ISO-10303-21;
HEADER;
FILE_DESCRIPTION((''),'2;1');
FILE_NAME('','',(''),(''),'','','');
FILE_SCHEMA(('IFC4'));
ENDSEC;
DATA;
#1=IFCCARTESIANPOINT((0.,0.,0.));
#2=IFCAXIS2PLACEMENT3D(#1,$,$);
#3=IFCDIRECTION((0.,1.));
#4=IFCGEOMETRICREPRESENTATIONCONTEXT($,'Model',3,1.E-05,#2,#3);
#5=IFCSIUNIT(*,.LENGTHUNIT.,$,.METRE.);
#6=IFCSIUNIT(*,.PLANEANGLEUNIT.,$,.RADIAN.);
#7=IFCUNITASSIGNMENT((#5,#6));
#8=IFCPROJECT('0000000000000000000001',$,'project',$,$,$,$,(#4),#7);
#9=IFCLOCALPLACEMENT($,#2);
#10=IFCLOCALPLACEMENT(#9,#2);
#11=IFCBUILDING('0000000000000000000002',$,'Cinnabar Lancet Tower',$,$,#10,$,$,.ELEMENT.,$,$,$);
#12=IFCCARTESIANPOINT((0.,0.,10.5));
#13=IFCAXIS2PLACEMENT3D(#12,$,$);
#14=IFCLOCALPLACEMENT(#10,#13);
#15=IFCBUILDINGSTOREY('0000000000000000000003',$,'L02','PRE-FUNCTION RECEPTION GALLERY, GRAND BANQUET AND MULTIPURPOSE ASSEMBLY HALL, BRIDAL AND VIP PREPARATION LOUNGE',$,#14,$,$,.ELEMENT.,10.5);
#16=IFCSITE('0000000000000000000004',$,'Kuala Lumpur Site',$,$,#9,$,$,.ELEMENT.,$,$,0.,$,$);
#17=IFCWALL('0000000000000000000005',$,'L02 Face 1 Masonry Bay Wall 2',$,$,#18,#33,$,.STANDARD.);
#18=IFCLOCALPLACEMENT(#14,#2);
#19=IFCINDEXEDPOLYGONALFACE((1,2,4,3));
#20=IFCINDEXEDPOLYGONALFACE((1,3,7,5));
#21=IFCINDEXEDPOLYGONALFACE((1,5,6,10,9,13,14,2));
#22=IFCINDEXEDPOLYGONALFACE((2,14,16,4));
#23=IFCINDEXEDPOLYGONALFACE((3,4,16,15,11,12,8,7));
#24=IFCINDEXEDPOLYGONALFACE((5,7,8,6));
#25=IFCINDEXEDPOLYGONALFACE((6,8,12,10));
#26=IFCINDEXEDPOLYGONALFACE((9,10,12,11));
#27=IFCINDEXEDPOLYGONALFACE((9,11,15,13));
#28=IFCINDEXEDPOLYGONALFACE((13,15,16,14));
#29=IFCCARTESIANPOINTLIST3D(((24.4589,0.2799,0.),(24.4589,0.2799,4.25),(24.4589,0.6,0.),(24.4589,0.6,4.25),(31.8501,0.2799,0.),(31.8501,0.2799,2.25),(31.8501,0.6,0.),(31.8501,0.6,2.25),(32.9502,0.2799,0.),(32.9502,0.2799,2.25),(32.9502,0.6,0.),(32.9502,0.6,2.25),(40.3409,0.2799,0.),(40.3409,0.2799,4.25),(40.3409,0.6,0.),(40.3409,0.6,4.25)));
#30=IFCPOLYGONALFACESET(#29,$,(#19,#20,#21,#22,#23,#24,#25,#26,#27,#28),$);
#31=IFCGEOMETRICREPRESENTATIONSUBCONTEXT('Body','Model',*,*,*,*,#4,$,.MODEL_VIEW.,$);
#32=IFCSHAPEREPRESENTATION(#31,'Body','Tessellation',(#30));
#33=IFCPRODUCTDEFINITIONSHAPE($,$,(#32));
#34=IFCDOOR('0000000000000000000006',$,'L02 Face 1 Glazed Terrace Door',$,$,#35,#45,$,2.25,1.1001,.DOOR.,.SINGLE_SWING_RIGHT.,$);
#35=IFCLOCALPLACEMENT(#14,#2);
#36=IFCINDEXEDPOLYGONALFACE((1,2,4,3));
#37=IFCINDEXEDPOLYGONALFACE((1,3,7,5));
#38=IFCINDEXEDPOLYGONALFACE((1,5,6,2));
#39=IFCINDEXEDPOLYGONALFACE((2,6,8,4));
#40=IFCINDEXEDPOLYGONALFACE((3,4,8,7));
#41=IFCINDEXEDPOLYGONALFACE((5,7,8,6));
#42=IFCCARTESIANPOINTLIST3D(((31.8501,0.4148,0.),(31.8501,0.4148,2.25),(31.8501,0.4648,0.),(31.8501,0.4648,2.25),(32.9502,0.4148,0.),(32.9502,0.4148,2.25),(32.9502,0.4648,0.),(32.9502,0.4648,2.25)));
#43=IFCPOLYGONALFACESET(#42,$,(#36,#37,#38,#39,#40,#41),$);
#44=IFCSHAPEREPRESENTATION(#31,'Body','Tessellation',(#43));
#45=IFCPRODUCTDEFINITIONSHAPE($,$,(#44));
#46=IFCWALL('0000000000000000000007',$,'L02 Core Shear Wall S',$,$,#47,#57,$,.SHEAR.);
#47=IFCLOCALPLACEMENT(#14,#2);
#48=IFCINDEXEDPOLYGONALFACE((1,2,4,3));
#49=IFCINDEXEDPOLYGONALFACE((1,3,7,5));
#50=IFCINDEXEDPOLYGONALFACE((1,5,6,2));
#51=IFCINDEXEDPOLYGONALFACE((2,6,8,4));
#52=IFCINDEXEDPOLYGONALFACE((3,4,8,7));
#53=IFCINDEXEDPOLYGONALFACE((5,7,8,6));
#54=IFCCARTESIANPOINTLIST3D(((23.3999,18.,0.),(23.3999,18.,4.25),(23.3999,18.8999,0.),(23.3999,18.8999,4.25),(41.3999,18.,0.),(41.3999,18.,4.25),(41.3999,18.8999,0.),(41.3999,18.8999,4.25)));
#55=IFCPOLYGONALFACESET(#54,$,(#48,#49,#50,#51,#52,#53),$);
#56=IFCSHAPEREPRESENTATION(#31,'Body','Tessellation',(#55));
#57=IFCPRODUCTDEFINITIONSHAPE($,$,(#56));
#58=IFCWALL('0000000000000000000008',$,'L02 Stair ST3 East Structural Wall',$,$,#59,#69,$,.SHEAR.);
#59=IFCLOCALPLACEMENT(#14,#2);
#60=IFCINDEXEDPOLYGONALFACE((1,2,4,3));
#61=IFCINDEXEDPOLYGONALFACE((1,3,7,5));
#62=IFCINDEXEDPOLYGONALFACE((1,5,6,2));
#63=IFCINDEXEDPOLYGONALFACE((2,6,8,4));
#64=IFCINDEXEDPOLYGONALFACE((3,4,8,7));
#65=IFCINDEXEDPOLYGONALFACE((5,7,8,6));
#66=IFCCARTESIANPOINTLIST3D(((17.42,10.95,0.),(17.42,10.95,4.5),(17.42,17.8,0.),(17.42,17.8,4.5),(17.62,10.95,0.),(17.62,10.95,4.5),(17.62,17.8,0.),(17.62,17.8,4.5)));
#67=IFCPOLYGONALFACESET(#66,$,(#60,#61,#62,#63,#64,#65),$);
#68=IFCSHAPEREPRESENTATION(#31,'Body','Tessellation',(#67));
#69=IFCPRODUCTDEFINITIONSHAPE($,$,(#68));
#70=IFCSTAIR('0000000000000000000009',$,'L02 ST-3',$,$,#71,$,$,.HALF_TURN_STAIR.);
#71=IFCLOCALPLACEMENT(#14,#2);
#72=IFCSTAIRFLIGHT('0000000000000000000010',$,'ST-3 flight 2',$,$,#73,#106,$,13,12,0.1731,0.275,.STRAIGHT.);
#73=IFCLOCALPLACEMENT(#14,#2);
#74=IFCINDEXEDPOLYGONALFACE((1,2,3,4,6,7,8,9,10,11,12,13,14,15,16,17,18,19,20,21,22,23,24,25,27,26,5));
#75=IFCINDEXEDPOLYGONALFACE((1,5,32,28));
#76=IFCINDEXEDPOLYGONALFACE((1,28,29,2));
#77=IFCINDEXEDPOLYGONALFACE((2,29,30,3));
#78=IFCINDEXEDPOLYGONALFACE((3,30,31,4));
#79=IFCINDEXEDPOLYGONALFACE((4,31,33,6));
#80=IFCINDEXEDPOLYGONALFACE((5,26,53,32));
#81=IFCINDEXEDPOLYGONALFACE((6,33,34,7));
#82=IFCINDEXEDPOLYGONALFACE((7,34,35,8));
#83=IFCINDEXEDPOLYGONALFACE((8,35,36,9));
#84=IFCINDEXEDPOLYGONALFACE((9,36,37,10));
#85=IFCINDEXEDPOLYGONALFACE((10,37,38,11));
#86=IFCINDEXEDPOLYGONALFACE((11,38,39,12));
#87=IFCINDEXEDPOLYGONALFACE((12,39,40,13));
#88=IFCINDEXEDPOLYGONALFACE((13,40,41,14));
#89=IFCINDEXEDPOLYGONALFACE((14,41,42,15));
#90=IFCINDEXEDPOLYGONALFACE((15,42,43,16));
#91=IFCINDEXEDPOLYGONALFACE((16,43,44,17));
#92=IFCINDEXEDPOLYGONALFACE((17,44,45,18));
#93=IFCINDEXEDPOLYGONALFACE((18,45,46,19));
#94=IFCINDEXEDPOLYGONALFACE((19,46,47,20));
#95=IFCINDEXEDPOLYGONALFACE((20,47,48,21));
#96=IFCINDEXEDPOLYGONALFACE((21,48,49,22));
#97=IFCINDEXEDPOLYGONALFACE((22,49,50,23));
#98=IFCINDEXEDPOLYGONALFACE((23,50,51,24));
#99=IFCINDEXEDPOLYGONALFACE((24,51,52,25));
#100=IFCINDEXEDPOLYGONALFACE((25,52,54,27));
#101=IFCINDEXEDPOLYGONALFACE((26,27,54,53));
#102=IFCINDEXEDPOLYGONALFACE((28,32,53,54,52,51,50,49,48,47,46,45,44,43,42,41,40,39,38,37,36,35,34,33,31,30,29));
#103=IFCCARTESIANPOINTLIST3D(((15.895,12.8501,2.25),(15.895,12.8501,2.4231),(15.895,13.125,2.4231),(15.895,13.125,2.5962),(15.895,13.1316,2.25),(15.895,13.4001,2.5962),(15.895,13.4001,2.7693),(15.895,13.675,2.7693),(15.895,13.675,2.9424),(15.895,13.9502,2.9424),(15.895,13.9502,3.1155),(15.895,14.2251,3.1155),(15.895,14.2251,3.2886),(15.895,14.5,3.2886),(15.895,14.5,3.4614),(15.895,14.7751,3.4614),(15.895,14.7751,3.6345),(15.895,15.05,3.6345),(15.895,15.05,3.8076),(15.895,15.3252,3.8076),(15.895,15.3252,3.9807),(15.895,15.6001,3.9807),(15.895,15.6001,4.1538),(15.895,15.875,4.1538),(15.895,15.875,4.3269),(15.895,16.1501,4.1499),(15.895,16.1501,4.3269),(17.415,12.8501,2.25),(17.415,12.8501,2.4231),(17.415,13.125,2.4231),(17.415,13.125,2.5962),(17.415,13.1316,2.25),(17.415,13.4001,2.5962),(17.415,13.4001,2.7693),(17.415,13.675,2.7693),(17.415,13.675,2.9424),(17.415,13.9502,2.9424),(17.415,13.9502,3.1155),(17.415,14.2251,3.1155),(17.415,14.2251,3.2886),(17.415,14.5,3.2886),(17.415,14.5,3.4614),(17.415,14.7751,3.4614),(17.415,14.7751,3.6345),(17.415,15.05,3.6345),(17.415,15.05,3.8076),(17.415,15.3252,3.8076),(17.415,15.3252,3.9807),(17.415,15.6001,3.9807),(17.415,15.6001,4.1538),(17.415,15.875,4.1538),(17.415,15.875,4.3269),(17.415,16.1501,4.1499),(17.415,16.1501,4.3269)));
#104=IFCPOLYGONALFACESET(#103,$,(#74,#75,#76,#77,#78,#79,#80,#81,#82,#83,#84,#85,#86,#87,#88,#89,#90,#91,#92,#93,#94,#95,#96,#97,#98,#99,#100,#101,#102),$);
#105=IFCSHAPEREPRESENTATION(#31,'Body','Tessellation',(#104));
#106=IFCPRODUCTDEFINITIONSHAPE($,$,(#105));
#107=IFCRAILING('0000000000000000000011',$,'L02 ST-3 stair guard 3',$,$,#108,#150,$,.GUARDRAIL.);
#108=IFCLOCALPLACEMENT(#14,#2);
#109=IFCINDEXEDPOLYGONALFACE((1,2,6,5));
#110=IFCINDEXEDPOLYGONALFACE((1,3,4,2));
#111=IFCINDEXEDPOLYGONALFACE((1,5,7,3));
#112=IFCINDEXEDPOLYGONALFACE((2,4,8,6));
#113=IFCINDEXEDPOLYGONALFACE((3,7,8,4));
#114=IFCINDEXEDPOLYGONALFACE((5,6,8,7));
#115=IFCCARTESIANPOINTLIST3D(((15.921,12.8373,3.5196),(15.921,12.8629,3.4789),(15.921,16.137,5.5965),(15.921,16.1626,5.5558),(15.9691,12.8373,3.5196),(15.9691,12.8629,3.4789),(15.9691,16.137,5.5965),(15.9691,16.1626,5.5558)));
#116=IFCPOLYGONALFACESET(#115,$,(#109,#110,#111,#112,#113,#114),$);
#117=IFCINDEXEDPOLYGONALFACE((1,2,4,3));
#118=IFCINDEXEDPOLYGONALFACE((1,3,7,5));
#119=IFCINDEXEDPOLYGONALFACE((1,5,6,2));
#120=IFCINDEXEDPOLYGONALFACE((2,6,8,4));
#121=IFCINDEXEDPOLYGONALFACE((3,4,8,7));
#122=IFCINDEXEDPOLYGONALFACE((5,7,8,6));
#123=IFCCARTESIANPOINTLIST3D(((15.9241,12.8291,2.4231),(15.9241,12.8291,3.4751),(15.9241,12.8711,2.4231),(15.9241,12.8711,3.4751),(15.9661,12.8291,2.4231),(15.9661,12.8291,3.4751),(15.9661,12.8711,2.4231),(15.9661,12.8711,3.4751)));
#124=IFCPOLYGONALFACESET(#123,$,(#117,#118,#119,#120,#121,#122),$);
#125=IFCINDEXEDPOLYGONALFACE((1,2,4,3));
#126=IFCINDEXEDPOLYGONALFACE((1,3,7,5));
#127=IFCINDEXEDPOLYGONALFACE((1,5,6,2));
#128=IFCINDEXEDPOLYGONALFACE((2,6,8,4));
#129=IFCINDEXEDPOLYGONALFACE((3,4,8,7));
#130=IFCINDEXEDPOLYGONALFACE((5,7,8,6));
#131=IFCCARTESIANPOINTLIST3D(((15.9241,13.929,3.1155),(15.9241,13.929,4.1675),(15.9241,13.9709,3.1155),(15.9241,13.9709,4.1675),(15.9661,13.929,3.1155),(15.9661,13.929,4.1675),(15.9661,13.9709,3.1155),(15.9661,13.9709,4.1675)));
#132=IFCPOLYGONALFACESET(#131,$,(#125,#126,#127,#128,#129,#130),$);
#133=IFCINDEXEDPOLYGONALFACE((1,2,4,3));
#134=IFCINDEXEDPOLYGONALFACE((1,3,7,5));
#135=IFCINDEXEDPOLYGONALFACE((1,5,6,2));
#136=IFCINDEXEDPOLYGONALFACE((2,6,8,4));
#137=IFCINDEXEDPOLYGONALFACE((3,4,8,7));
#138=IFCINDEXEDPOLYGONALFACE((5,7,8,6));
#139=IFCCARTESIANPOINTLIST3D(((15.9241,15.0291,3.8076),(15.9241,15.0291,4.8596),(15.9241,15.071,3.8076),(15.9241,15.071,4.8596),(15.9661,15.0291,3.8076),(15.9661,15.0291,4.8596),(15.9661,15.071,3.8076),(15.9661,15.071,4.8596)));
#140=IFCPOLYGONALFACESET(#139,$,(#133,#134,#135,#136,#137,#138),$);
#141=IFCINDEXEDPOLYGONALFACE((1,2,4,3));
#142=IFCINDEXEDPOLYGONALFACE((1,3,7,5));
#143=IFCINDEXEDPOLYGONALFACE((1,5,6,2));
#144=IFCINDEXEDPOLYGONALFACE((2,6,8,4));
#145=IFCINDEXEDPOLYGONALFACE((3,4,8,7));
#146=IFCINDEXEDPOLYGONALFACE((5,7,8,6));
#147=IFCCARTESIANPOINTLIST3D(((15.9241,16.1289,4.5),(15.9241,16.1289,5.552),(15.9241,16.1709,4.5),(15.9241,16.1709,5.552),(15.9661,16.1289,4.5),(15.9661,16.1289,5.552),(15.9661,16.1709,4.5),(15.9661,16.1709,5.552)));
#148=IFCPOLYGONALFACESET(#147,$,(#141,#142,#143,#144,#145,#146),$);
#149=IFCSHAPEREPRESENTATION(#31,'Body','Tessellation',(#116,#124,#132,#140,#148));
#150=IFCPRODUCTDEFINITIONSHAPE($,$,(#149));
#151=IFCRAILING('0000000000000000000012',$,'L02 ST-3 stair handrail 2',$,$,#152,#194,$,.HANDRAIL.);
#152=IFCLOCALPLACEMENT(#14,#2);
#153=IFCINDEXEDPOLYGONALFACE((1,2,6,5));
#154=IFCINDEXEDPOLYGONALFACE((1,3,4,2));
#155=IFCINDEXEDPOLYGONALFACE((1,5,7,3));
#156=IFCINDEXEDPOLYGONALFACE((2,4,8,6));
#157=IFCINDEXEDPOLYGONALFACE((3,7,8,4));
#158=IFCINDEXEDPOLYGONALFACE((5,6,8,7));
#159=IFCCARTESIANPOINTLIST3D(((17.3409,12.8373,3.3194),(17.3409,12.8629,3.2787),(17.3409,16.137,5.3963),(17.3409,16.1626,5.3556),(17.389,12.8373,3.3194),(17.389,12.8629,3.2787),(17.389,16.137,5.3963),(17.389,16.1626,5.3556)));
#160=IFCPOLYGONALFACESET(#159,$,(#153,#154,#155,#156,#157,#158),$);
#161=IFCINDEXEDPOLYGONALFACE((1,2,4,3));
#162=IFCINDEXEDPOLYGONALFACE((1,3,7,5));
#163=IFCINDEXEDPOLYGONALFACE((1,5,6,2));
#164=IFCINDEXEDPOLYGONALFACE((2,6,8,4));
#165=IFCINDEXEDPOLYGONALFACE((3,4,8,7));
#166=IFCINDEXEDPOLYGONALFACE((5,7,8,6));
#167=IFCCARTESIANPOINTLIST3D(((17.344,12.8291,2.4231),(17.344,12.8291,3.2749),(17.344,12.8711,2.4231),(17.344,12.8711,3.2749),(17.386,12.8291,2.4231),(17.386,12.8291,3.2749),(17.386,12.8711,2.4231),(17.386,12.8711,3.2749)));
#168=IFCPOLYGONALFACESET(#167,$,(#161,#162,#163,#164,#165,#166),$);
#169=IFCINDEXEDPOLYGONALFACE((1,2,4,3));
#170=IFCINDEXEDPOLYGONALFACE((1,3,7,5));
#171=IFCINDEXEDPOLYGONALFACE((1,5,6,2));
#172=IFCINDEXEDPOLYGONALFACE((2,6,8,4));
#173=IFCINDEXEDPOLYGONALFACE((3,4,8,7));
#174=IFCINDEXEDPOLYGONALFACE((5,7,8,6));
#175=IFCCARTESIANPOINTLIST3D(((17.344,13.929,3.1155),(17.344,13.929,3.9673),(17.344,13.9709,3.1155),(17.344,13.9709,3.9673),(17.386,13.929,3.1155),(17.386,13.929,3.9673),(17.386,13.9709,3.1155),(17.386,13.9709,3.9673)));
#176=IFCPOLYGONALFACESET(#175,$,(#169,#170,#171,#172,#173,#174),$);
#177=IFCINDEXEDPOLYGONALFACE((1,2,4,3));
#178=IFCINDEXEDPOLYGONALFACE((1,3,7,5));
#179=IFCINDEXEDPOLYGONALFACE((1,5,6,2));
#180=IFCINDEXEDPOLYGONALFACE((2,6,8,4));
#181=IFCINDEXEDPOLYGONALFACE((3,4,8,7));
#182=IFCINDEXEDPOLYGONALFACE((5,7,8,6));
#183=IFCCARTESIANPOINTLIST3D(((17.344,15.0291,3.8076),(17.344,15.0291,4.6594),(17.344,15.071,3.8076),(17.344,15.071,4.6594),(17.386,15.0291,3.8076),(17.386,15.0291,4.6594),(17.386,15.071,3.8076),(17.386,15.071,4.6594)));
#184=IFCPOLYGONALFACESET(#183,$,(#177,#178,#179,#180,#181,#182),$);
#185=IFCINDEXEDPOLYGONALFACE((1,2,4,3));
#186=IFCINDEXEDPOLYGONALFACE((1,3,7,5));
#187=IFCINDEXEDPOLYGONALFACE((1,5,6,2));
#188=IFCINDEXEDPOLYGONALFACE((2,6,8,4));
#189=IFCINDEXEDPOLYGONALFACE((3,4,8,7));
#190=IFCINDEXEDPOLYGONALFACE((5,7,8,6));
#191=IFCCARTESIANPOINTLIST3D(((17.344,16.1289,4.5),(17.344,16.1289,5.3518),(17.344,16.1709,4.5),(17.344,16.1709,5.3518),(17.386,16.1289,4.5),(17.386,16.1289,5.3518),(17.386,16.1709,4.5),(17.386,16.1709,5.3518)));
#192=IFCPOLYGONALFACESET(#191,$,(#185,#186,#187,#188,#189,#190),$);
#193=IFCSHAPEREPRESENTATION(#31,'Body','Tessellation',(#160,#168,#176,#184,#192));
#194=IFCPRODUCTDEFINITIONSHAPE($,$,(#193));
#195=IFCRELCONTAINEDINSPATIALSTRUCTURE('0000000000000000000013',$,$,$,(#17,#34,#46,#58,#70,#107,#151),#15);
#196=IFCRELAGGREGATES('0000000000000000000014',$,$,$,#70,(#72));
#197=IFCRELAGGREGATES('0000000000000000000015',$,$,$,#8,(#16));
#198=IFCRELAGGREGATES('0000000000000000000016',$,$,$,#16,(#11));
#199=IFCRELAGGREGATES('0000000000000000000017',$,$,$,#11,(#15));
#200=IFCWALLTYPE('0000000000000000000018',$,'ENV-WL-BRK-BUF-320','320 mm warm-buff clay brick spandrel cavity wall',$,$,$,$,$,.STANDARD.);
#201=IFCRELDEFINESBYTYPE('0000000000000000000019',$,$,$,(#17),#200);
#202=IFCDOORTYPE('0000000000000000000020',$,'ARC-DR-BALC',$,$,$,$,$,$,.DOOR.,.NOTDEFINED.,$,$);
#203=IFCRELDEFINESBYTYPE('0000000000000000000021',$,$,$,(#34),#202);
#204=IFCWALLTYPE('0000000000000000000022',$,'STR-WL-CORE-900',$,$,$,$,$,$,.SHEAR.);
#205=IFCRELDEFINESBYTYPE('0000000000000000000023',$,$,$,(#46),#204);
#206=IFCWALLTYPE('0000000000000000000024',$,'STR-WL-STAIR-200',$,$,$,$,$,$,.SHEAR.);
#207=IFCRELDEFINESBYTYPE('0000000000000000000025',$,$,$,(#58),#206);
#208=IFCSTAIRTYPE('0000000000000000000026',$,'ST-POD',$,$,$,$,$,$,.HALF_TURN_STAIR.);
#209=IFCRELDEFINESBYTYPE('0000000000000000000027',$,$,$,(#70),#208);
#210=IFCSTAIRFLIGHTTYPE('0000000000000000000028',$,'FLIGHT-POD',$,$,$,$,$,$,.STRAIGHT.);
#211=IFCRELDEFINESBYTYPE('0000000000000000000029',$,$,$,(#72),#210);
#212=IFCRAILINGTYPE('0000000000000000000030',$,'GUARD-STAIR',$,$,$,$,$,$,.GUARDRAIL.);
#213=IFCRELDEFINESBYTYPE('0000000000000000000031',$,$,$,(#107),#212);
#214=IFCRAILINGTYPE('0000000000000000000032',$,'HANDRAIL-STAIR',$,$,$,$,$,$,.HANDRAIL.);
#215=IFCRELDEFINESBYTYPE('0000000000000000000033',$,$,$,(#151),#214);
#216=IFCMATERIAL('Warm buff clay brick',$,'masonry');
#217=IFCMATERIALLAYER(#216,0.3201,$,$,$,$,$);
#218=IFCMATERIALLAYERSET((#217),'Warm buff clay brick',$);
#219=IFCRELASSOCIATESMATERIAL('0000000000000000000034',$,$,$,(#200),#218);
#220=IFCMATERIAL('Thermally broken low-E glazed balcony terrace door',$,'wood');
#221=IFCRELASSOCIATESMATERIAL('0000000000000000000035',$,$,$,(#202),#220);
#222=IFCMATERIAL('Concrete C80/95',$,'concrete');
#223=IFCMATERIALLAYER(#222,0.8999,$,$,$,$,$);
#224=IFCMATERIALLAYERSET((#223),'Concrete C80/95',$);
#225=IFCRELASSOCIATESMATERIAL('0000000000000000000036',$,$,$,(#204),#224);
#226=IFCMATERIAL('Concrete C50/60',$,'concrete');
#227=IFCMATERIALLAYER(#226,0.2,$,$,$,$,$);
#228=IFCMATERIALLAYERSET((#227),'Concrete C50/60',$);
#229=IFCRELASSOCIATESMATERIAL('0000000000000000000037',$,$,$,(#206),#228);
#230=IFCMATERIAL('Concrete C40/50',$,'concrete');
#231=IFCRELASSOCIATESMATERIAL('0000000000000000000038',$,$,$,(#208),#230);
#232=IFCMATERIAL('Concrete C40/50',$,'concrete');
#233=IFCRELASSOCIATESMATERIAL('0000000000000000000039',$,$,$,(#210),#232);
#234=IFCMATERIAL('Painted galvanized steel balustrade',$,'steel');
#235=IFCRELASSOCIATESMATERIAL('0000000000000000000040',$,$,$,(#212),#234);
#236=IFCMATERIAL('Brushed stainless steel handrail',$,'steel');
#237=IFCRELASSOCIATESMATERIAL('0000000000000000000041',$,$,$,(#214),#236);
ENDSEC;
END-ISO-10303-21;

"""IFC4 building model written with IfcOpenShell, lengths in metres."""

from ifc_helpers import new_model, si_unit, direction, frame, frame_2d, origin, origin_2d, place, context, subcontext, project, spatial, polyline, rectangle, outline, extrude, material, layer, layer_set, type_object, element, fill, aggregate, save


model = new_model("IFC4")

# Units and contexts
model_context = context("Model", 3, precision=1e-05, world=origin(), true_north=direction((0.0, 1.0)))
body_context = subcontext(model_context, "Body", "Model", "MODEL_VIEW")
ifc_project = project(units=[si_unit("LENGTHUNIT", "METRE"), si_unit("PLANEANGLEUNIT", "RADIAN")], contexts=[model_context])

# Site, building, storey
site_placement = place(None, origin())
site = spatial("IfcSite", under=ifc_project, at=site_placement, Name="Kuala Lumpur Site", CompositionType="ELEMENT", RefElevation=0.0)
building_placement = place(site_placement, origin())
building = spatial("IfcBuilding", under=site, at=building_placement, Name="Cinnabar Lancet Tower", CompositionType="ELEMENT")
storey_placement = place(building_placement, frame((0.0, 0.0, 10.5)))
storey = spatial("IfcBuildingStorey", under=building, at=storey_placement, Name="L02", Description="PRE-FUNCTION RECEPTION GALLERY, GRAND BANQUET AND MULTIPURPOSE ASSEMBLY HALL, BRIDAL AND VIP PREPARATION LOUNGE", CompositionType="ELEMENT", Elevation=10.5)

# Shared definitions
ifc_material_1 = material(Name="Warm buff clay brick", Category="masonry")
ifc_layer_1 = layer(ifc_material_1, 0.3201)
ifc_layer_set_1 = layer_set([ifc_layer_1], Name="Warm buff clay brick")
wall_type_1 = type_object("IfcWallType", Name="ENV-WL-BRK-BUF-320", Description="320 mm warm-buff clay brick spandrel cavity wall", PredefinedType="STANDARD", material=ifc_layer_set_1)

# Wall, opening, door
wall_1_placement = place(storey_placement, frame((24.459, 0.4399, 0.0), z_axis=(0.0, 0.0, 1.0), x_axis=(1.0, 0.0, 0.0)))
wall_1 = element("IfcWall", 1, at=wall_1_placement, inside=storey, type_object=wall_type_1, Name="L02 Face 1 Masonry Bay Wall 2", PredefinedType="STANDARD", context=body_context, shape_type="SweptSolid", body=[
    extrude(rectangle(XDim=15.8821, YDim=0.3201, at=frame_2d((7.9409, 0.0))), origin(), (0.0, 0.0, 1.0), 4.25),
])
opening_1_placement = place(wall_1_placement, frame((7.3911, 0.0, 0.0)))
opening_1 = element("IfcOpeningElement", 2, at=opening_1_placement, cuts=wall_1, PredefinedType="OPENING", context=body_context, shape_type="SweptSolid", body=[
    extrude(rectangle(XDim=1.1001, YDim=2.25, at=frame_2d((0.55, 1.125))), frame((0.0, 0.1699, 0.0), z_axis=(0.0, -1.0, 0.0), x_axis=(1.0, 0.0, 0.0)), (0.0, 0.0, 1.0), 0.3401),
])
ifc_material_2 = material(Name="Thermally broken low-E glazed balcony terrace door", Category="wood")
door_type_1 = type_object("IfcDoorType", Name="ARC-DR-BALC", OperationType="NOTDEFINED", PredefinedType="DOOR", material=ifc_material_2)
door_1_placement = place(opening_1_placement, origin())
door_1 = element("IfcDoor", 3, at=door_1_placement, inside=storey, type_object=door_type_1, Name="L02 Face 1 Glazed Terrace Door", OperationType="SINGLE_SWING_RIGHT", OverallHeight=2.25, OverallWidth=1.1001, PredefinedType="DOOR", context=body_context, shape_type="SweptSolid", body=[
    extrude(rectangle(XDim=1.1001, YDim=2.25, at=frame_2d((0.55, 1.125))), frame((0.0, 0.0249, 0.0), z_axis=(0.0, -1.0, 0.0), x_axis=(1.0, 0.0, 0.0)), (0.0, 0.0, 1.0), 0.05),
])
fill(opening_1, door_1)

# Walls
ifc_material_3 = material(Name="Concrete C80/95", Category="concrete")
ifc_layer_2 = layer(ifc_material_3, 0.8999)
ifc_layer_set_2 = layer_set([ifc_layer_2], Name="Concrete C80/95")
wall_type_2 = type_object("IfcWallType", Name="STR-WL-CORE-900", PredefinedType="SHEAR", material=ifc_layer_set_2)
wall_2_placement = place(storey_placement, frame((23.3999, 18.45, 0.0), z_axis=(0.0, 0.0, 1.0), x_axis=(1.0, 0.0, 0.0)))
element("IfcWall", 4, at=wall_2_placement, inside=storey, type_object=wall_type_2, Name="L02 Core Shear Wall S", PredefinedType="SHEAR", context=body_context, shape_type="SweptSolid", body=[
    extrude(rectangle(XDim=18.0, YDim=0.8999, at=frame_2d((9.0, 0.0))), origin(), (0.0, 0.0, 1.0), 4.25),
])
ifc_material_4 = material(Name="Concrete C50/60", Category="concrete")
ifc_layer_3 = layer(ifc_material_4, 0.2)
ifc_layer_set_3 = layer_set([ifc_layer_3], Name="Concrete C50/60")
wall_type_3 = type_object("IfcWallType", Name="STR-WL-STAIR-200", PredefinedType="SHEAR", material=ifc_layer_set_3)
wall_3_placement = place(storey_placement, frame((17.52, 10.95, 0.0), z_axis=(0.0, 0.0, 1.0), x_axis=(0.0, 1.0, 0.0)))
element("IfcWall", 5, at=wall_3_placement, inside=storey, type_object=wall_type_3, Name="L02 Stair ST3 East Structural Wall", PredefinedType="SHEAR", context=body_context, shape_type="SweptSolid", body=[
    extrude(rectangle(XDim=6.8501, YDim=0.2, at=frame_2d((3.425, 0.0))), origin(), (0.0, 0.0, 1.0), 4.5),
])

# Stair, stair flight
ifc_material_5 = material(Name="Concrete C40/50", Category="concrete")
stair_type = type_object("IfcStairType", Name="ST-POD", PredefinedType="HALF_TURN_STAIR", material=ifc_material_5)
stair_placement = place(storey_placement, origin())
stair = element("IfcStair", 6, at=stair_placement, inside=storey, type_object=stair_type, Name="L02 ST-3", PredefinedType="HALF_TURN_STAIR")
ifc_material_6 = material(Name="Concrete C40/50", Category="concrete")
stair_flight_type = type_object("IfcStairFlightType", Name="FLIGHT-POD", PredefinedType="STRAIGHT", material=ifc_material_6)
stair_flight_placement = place(storey_placement, frame((16.655, 12.8501, 2.25), z_axis=(0.0, 0.0, 1.0), x_axis=(0.0, 1.0, 0.0)))
stair_flight = element("IfcStairFlight", 7, at=stair_flight_placement, type_object=stair_flight_type, Name="ST-3 flight 2", NumberOfRisers=13, NumberOfTreads=12, PredefinedType="STRAIGHT", RiserHeight=0.1731, TreadLength=0.275, context=body_context, shape_type="SweptSolid", body=[
    extrude(outline(polyline([(0.0, 0.0), (0.0, 0.1731), (0.2749, 0.1731), (0.2749, 0.3462), (0.55, 0.3462), (0.55, 0.5193), (0.825, 0.5193), (0.825, 0.6924), (1.1001, 0.6924), (1.1001, 0.8655), (1.375, 0.8655), (1.375, 1.0386), (1.6499, 1.0386), (1.6499, 1.2114), (1.925, 1.2114), (1.925, 1.3845), (2.2, 1.3845), (2.2, 1.5576), (2.4751, 1.5576), (2.4751, 1.7307), (2.75, 1.7307), (2.75, 1.9038), (3.0249, 1.9038), (3.0249, 2.0769), (3.3, 2.0769), (3.3, 2.25), (3.3, 1.8999), (0.2815, 0.0), (0.0, 0.0)])), frame((0.0, 0.76, 0.0), z_axis=(0.0, -1.0, 0.0), x_axis=(1.0, 0.0, 0.0)), (0.0, 0.0, 1.0), 1.52),
])
aggregate(stair, [stair_flight])

# Railings
ifc_material_7 = material(Name="Painted galvanized steel balustrade", Category="steel")
railing_type_1 = type_object("IfcRailingType", Name="GUARD-STAIR", PredefinedType="GUARDRAIL", material=ifc_material_7)
railing_1_placement = place(storey_placement, frame((15.9451, 12.8501, 2.4231)))
element("IfcRailing", 8, at=railing_1_placement, inside=storey, type_object=railing_type_1, Name="L02 ST-3 stair guard 3", PredefinedType="GUARDRAIL", context=body_context, shape_type="SweptSolid", body=[
    extrude(rectangle(XDim=0.0481, YDim=0.0481, at=origin_2d()), frame((0.0, 0.0, 1.0762), z_axis=(0.0, 0.84632, 0.532675), x_axis=(-1.0, 0.0, 0.0)), (0.0, 0.0, 1.0), 3.8989),
    extrude(rectangle(XDim=0.042, YDim=0.042, at=origin_2d()), origin(), (0.0, 0.0, 1.0), 1.052),
    extrude(rectangle(XDim=0.042, YDim=0.042, at=origin_2d()), frame((0.0, 1.0999, 0.6924)), (0.0, 0.0, 1.0), 1.052),
    extrude(rectangle(XDim=0.042, YDim=0.042, at=origin_2d()), frame((0.0, 2.2, 1.3845)), (0.0, 0.0, 1.0), 1.052),
    extrude(rectangle(XDim=0.042, YDim=0.042, at=origin_2d()), frame((0.0, 3.2998, 2.0769)), (0.0, 0.0, 1.0), 1.052),
])
ifc_material_8 = material(Name="Brushed stainless steel handrail", Category="steel")
railing_type_2 = type_object("IfcRailingType", Name="HANDRAIL-STAIR", PredefinedType="HANDRAIL", material=ifc_material_8)
railing_2_placement = place(storey_placement, frame((17.365, 12.8501, 2.4231)))
element("IfcRailing", 9, at=railing_2_placement, inside=storey, type_object=railing_type_2, Name="L02 ST-3 stair handrail 2", PredefinedType="HANDRAIL", context=body_context, shape_type="SweptSolid", body=[
    extrude(rectangle(XDim=0.0481, YDim=0.0481, at=origin_2d()), frame((0.0, 0.0, 0.876), z_axis=(0.0, 0.84632, 0.532675), x_axis=(-1.0, 0.0, 0.0)), (0.0, 0.0, 1.0), 3.8989),
    extrude(rectangle(XDim=0.042, YDim=0.042, at=origin_2d()), origin(), (0.0, 0.0, 1.0), 0.8518),
    extrude(rectangle(XDim=0.042, YDim=0.042, at=origin_2d()), frame((0.0, 1.0999, 0.6924)), (0.0, 0.0, 1.0), 0.8518),
    extrude(rectangle(XDim=0.042, YDim=0.042, at=origin_2d()), frame((0.0, 2.2, 1.3845)), (0.0, 0.0, 1.0), 0.8518),
    extrude(rectangle(XDim=0.042, YDim=0.042, at=origin_2d()), frame((0.0, 3.2998, 2.0769)), (0.0, 0.0, 1.0), 0.8518),
])

save(model, "model.ifc")
